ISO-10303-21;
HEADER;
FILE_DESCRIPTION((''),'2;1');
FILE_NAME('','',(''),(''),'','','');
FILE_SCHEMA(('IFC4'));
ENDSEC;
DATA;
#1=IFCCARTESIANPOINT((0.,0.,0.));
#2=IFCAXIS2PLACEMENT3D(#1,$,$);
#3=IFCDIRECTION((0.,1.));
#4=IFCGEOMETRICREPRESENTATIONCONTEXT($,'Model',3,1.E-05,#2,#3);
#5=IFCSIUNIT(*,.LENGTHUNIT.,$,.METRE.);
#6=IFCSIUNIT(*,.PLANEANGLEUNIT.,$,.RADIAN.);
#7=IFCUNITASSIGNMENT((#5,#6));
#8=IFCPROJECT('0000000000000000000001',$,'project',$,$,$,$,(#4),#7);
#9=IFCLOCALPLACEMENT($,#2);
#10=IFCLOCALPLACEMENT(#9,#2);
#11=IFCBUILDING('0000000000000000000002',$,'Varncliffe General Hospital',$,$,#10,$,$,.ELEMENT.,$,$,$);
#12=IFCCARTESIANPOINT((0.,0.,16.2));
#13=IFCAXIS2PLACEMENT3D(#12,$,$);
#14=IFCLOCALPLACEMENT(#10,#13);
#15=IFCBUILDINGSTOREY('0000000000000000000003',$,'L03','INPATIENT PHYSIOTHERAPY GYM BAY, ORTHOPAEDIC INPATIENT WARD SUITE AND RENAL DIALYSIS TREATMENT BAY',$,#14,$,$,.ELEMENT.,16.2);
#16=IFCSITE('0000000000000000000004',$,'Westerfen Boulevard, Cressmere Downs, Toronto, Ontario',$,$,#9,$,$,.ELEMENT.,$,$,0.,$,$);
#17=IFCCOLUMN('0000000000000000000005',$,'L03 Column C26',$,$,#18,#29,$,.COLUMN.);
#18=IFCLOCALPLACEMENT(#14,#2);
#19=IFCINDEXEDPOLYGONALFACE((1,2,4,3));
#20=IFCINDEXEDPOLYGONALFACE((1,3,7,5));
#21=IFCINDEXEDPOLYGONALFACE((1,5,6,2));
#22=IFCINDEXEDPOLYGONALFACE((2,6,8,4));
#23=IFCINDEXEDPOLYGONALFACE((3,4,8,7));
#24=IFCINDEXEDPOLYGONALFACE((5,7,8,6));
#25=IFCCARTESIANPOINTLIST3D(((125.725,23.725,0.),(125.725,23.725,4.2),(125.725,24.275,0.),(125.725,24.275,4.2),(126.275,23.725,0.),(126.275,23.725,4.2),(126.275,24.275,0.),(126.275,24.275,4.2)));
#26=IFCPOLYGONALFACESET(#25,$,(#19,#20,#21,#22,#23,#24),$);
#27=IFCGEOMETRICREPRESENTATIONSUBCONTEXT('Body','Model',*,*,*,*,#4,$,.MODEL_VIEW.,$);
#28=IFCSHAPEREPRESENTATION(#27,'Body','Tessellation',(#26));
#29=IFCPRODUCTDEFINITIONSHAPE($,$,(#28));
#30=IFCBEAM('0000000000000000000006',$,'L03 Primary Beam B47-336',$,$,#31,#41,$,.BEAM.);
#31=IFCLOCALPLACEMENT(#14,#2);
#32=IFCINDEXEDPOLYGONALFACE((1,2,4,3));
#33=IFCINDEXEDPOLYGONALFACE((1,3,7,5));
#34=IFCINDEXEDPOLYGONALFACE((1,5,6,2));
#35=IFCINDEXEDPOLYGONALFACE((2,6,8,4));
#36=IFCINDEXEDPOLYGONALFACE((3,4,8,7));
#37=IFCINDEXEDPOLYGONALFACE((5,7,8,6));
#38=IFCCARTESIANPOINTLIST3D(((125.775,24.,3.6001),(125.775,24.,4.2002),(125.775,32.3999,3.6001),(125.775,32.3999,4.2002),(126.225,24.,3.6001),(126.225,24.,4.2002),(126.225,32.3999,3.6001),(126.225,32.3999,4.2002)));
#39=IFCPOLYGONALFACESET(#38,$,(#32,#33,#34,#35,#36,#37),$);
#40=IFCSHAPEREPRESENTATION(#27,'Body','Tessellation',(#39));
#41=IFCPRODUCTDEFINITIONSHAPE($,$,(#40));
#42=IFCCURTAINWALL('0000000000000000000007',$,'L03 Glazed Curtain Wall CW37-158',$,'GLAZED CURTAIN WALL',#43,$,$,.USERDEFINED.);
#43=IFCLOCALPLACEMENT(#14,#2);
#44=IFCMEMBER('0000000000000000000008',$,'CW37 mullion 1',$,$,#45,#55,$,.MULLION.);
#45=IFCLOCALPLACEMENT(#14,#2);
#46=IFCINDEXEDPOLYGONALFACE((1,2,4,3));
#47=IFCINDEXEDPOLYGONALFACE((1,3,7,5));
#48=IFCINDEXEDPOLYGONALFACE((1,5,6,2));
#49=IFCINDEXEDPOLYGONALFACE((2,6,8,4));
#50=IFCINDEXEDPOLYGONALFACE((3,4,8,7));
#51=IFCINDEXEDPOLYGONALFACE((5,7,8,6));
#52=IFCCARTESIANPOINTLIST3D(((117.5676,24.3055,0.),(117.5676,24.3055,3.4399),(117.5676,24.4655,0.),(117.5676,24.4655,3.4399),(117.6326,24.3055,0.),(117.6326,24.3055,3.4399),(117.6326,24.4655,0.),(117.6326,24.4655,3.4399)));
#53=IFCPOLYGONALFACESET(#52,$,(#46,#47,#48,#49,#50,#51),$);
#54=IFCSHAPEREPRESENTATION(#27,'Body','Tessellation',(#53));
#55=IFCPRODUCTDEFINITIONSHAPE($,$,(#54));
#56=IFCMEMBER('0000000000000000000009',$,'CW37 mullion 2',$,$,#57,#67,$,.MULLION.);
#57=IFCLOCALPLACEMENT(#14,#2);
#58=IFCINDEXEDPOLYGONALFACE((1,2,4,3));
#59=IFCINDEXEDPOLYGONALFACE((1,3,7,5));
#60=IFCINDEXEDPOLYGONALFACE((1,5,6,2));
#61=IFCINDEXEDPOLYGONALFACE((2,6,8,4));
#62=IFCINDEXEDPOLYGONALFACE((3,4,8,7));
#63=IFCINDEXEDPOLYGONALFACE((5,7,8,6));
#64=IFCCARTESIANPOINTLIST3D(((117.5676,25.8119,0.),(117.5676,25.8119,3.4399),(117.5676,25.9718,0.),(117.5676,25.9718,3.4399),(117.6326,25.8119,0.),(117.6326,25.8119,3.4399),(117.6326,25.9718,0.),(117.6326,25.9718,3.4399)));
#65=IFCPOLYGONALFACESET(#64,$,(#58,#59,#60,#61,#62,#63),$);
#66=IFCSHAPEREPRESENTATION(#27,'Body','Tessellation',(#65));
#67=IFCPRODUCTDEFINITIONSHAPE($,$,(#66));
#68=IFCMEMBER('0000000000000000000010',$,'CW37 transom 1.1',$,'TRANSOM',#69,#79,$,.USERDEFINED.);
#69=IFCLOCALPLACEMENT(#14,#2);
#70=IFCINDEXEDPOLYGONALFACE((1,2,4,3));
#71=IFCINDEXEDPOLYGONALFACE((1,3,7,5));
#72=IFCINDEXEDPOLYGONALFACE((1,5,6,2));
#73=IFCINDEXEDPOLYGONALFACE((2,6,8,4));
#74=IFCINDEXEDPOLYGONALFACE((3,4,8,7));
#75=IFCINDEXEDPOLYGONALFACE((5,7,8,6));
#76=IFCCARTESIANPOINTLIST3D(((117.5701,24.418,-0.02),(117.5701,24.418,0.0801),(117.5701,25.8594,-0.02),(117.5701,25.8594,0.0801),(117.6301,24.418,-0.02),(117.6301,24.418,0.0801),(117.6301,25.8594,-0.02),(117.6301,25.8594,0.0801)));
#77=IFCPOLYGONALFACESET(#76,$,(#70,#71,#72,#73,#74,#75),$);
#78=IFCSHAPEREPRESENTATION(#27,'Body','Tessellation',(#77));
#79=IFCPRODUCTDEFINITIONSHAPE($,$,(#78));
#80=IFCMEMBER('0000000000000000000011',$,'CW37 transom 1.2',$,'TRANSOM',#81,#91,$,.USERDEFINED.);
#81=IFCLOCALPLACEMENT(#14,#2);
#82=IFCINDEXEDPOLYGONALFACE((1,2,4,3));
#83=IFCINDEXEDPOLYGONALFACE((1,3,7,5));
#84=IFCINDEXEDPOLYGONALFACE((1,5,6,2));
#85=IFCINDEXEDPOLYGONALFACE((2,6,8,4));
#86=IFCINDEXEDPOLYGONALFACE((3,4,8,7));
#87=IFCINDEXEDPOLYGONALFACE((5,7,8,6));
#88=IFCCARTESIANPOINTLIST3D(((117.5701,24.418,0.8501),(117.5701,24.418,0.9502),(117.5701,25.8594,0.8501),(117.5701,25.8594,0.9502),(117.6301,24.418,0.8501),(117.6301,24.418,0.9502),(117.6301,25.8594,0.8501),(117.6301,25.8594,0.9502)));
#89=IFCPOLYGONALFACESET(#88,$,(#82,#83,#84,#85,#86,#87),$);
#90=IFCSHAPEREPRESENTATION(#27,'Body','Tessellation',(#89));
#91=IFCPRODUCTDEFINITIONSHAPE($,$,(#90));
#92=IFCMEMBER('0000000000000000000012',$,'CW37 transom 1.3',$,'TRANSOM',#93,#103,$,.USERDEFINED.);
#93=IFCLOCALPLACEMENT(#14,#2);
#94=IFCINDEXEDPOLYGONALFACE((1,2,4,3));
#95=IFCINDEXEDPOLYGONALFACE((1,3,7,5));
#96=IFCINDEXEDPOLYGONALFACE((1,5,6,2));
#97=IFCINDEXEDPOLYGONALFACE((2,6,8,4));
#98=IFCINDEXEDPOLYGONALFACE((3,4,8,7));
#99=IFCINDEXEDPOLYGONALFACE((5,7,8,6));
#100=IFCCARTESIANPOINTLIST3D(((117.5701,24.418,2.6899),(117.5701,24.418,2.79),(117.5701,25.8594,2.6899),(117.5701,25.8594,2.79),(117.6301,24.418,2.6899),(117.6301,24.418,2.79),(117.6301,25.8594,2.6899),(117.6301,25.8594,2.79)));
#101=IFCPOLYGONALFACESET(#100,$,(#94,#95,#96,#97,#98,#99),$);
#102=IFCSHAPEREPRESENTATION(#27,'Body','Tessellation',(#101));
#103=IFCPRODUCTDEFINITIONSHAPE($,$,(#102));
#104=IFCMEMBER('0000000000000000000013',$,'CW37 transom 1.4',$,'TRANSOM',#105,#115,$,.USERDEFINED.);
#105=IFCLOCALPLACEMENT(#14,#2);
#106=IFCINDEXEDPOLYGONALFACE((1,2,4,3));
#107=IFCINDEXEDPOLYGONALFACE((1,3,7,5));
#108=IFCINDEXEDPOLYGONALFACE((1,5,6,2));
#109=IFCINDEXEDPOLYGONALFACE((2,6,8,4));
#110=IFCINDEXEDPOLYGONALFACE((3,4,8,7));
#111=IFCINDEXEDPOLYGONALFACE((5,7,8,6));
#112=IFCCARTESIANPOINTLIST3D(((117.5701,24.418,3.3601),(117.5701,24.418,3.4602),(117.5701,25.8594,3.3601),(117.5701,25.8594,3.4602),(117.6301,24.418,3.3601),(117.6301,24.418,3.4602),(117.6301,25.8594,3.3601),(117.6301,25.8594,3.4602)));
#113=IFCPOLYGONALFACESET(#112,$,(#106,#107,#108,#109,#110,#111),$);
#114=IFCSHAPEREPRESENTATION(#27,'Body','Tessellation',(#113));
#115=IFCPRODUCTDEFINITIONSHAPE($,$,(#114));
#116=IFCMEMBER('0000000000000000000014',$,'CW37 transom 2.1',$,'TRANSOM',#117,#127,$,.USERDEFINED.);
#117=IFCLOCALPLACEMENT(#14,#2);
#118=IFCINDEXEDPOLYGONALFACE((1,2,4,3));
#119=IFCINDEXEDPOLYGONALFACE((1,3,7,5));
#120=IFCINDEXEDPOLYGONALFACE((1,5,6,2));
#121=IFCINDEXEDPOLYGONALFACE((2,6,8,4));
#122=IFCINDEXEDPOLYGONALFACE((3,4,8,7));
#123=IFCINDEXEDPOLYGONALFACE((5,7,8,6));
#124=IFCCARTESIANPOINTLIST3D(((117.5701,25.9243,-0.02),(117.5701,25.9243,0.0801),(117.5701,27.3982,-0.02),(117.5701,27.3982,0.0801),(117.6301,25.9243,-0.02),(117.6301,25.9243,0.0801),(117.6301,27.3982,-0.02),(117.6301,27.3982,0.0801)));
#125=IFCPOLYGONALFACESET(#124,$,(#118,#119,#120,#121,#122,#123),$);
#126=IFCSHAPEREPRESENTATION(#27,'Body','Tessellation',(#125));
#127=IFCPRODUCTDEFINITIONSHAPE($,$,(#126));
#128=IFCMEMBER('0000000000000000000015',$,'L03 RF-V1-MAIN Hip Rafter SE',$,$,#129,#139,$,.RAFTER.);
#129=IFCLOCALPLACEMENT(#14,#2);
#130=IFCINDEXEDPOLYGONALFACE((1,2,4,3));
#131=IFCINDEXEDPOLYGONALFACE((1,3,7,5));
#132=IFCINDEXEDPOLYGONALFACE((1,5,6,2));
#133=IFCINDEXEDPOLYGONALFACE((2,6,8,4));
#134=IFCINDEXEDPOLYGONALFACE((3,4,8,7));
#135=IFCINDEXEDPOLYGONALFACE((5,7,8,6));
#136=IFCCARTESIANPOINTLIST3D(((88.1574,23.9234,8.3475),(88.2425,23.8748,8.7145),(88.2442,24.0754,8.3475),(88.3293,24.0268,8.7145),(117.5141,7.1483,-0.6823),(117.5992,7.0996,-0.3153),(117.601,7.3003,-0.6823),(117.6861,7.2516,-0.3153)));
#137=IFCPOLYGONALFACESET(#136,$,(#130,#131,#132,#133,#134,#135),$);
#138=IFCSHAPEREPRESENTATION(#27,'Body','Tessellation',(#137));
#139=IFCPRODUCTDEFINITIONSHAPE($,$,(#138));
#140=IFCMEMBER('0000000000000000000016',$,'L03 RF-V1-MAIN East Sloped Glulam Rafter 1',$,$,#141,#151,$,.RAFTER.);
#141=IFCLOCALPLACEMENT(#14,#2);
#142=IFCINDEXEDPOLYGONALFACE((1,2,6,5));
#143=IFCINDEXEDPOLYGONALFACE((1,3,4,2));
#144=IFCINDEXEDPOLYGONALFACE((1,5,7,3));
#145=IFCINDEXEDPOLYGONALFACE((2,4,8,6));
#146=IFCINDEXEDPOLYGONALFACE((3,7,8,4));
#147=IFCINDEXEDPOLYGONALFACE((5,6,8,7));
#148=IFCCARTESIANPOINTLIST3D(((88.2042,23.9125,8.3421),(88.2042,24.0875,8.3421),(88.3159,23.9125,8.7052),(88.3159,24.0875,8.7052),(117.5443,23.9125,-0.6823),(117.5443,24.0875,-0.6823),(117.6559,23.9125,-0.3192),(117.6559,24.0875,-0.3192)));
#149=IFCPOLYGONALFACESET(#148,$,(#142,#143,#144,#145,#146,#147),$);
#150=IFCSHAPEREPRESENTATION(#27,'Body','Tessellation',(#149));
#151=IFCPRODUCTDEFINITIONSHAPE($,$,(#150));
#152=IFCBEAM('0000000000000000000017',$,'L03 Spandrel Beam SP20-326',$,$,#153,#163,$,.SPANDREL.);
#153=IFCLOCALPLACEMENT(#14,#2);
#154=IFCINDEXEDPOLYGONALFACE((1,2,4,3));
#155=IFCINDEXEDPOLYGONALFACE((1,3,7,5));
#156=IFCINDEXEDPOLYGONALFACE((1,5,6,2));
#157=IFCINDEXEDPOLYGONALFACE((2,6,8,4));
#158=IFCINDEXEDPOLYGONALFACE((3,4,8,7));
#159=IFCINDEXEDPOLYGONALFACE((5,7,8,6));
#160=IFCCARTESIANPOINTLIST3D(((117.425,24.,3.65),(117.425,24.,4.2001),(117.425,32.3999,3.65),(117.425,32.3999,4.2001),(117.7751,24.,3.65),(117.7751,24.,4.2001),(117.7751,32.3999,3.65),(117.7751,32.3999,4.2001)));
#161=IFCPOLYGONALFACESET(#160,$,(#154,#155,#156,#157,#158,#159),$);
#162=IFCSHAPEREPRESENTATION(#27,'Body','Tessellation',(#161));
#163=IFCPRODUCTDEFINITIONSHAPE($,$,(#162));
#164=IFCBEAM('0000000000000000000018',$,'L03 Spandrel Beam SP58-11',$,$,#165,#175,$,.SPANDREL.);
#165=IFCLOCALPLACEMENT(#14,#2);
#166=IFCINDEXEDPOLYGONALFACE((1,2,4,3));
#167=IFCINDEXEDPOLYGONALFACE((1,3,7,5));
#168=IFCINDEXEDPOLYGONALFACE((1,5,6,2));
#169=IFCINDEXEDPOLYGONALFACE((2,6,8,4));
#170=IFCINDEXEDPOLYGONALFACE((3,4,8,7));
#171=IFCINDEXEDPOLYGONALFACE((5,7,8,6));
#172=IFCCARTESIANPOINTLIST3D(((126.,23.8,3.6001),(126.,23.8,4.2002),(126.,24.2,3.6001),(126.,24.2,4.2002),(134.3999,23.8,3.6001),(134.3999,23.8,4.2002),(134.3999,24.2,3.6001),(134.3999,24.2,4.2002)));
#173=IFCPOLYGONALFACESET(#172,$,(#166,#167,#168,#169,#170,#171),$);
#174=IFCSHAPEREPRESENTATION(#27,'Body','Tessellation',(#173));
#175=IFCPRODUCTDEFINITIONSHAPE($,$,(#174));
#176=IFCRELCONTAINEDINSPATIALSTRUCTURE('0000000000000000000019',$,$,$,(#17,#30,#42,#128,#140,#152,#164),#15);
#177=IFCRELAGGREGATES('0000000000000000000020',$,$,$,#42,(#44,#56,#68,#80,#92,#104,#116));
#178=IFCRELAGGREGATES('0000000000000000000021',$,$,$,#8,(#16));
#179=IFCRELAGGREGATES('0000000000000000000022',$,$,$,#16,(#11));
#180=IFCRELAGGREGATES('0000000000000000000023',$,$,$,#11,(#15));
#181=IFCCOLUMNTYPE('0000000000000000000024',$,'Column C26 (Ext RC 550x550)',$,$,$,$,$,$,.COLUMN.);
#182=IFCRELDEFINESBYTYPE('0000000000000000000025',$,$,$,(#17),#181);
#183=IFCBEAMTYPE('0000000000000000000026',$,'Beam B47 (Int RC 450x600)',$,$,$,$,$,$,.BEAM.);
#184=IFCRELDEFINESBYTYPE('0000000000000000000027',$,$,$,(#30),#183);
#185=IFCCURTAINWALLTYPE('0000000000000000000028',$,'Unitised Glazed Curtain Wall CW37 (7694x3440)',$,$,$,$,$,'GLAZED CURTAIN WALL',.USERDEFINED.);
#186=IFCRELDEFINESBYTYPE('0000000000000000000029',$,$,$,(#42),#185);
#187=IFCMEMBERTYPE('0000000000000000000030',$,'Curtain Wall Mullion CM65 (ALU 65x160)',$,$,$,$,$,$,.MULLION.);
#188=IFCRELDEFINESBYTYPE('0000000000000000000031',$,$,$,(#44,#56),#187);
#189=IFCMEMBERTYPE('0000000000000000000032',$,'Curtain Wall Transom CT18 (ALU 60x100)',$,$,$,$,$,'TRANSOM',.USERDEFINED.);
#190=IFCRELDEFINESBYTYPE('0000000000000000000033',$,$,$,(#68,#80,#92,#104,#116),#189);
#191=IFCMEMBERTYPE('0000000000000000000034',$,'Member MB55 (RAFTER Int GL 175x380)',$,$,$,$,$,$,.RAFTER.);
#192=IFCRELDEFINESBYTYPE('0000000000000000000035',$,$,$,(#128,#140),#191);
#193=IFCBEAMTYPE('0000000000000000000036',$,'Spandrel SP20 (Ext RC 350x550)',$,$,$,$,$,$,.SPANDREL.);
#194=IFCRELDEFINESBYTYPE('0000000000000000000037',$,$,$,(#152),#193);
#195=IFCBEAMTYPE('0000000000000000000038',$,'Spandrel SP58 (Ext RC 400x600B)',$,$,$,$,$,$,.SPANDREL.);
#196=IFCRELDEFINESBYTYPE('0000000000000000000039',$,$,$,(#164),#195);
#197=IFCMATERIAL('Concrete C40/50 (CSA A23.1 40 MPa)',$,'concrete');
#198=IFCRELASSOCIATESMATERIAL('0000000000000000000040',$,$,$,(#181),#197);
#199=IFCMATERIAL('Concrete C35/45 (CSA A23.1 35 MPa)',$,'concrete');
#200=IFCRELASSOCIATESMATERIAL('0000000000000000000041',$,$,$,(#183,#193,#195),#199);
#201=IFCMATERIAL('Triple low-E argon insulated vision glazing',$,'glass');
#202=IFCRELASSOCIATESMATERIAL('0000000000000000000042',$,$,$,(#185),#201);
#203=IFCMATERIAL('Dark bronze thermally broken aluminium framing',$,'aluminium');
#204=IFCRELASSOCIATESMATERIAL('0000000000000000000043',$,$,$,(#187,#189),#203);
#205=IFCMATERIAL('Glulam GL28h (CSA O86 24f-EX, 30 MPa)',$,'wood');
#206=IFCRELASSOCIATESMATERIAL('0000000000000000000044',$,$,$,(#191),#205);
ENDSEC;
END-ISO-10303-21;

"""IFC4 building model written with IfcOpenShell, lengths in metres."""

from ifc_helpers import new_model, si_unit, direction, frame, origin, origin_2d, place, context, subcontext, project, spatial, rectangle, extrude, material, material_profile, profile_set, type_object, element, aggregate, save


model = new_model("IFC4")

# Units and contexts
model_context = context("Model", 3, precision=1e-05, world=origin(), true_north=direction((0.0, 1.0)))
body_context = subcontext(model_context, "Body", "Model", "MODEL_VIEW")
ifc_project = project(units=[si_unit("LENGTHUNIT", "METRE"), si_unit("PLANEANGLEUNIT", "RADIAN")], contexts=[model_context])

# Site, building, storey
site_placement = place(None, origin())
site = spatial("IfcSite", under=ifc_project, at=site_placement, Name="Westerfen Boulevard, Cressmere Downs, Toronto, Ontario", CompositionType="ELEMENT", RefElevation=0.0)
building_placement = place(site_placement, origin())
building = spatial("IfcBuilding", under=site, at=building_placement, Name="Varncliffe General Hospital", CompositionType="ELEMENT")
storey_placement = place(building_placement, frame((0.0, 0.0, 16.2)))
storey = spatial("IfcBuildingStorey", under=building, at=storey_placement, Name="L03", Description="INPATIENT PHYSIOTHERAPY GYM BAY, ORTHOPAEDIC INPATIENT WARD SUITE AND RENAL DIALYSIS TREATMENT BAY", CompositionType="ELEMENT", Elevation=16.2)

# Column
ifc_material_1 = material(Name="Concrete C40/50 (CSA A23.1 40 MPa)", Category="concrete")
ifc_material_profile_1 = material_profile(ifc_material_1, rectangle(XDim=0.55, YDim=0.55, at=origin_2d()), Name="RC 550x550")
ifc_profile_set_1 = profile_set([ifc_material_profile_1], Name="Concrete C40/50 (CSA A23.1 40 MPa)")
column_type = type_object("IfcColumnType", Name="Column C26 (Ext RC 550x550)", PredefinedType="COLUMN", material=ifc_profile_set_1)
column_placement = place(storey_placement, frame((126.0, 24.0, 0.0), z_axis=(0.0, 0.0, 1.0), x_axis=(1.0, 0.0, 0.0)))
element("IfcColumn", 1, at=column_placement, inside=storey, type_object=column_type, Name="L03 Column C26", PredefinedType="COLUMN", context=body_context, shape_type="SweptSolid", body=[
    extrude(rectangle(XDim=0.55, YDim=0.55, at=origin_2d()), origin(), (0.0, 0.0, 1.0), 4.2),
])

# Beam
ifc_material_2 = material(Name="Concrete C35/45 (CSA A23.1 35 MPa)", Category="concrete")
ifc_material_profile_2 = material_profile(ifc_material_2, rectangle(XDim=0.45, YDim=0.6001, at=origin_2d()), Name="RC 450x600")
ifc_profile_set_2 = profile_set([ifc_material_profile_2], Name="Concrete C35/45 (CSA A23.1 35 MPa)")
beam_type_1 = type_object("IfcBeamType", Name="Beam B47 (Int RC 450x600)", PredefinedType="BEAM", material=ifc_profile_set_2)
beam_1_placement = place(storey_placement, frame((126.0, 24.0, 3.9001), z_axis=(0.0, 1.0, 0.0), x_axis=(-1.0, 0.0, 0.0)))
element("IfcBeam", 2, at=beam_1_placement, inside=storey, type_object=beam_type_1, Name="L03 Primary Beam B47-336", PredefinedType="BEAM", context=body_context, shape_type="SweptSolid", body=[
    extrude(rectangle(XDim=0.45, YDim=0.6001, at=origin_2d()), origin(), (0.0, 0.0, 1.0), 8.3999),
])

# Curtain wall, members
ifc_material_3 = material(Name="Triple low-E argon insulated vision glazing", Category="glass")
curtain_wall_type = type_object("IfcCurtainWallType", Name="Unitised Glazed Curtain Wall CW37 (7694x3440)", ElementType="GLAZED CURTAIN WALL", PredefinedType="USERDEFINED", material=ifc_material_3)
curtain_wall_placement = place(storey_placement, origin())
curtain_wall = element("IfcCurtainWall", 3, at=curtain_wall_placement, inside=storey, type_object=curtain_wall_type, Name="L03 Glazed Curtain Wall CW37-158", ObjectType="GLAZED CURTAIN WALL", PredefinedType="USERDEFINED")
ifc_material_4 = material(Name="Dark bronze thermally broken aluminium framing", Category="aluminium")
ifc_material_profile_3 = material_profile(ifc_material_4, rectangle(XDim=0.0649, YDim=0.1599, at=origin_2d()), Name="ALU 65x160")
ifc_profile_set_3 = profile_set([ifc_material_profile_3], Name="Dark bronze thermally broken aluminium framing")
member_type_1 = type_object("IfcMemberType", Name="Curtain Wall Mullion CM65 (ALU 65x160)", PredefinedType="MULLION", material=ifc_profile_set_3)
member_1_placement = place(storey_placement, frame((117.6001, 24.3855, 0.0), z_axis=(0.0, 0.0, 1.0), x_axis=(-1.0, 0.0, 0.0)))
member_1 = element("IfcMember", 4, at=member_1_placement, type_object=member_type_1, Name="CW37 mullion 1", PredefinedType="MULLION", context=body_context, shape_type="SweptSolid", body=[
    extrude(rectangle(XDim=0.0649, YDim=0.1599, at=origin_2d()), origin(), (0.0, 0.0, 1.0), 3.4399),
])
member_2_placement = place(storey_placement, frame((117.6001, 25.8918, 0.0), z_axis=(0.0, 0.0, 1.0), x_axis=(-1.0, 0.0, 0.0)))
member_2 = element("IfcMember", 5, at=member_2_placement, type_object=member_type_1, Name="CW37 mullion 2", PredefinedType="MULLION", context=body_context, shape_type="SweptSolid", body=[
    extrude(rectangle(XDim=0.0649, YDim=0.1599, at=origin_2d()), origin(), (0.0, 0.0, 1.0), 3.4399),
])
ifc_material_profile_4 = material_profile(ifc_material_4, rectangle(XDim=0.0601, YDim=0.1001, at=origin_2d()), Name="ALU 60x100")
ifc_profile_set_4 = profile_set([ifc_material_profile_4], Name="Dark bronze thermally broken aluminium framing")
member_type_2 = type_object("IfcMemberType", Name="Curtain Wall Transom CT18 (ALU 60x100)", ElementType="TRANSOM", PredefinedType="USERDEFINED", material=ifc_profile_set_4)
member_3_placement = place(storey_placement, frame((117.6001, 24.418, 0.03), z_axis=(0.0, 1.0, 0.0), x_axis=(-1.0, 0.0, 0.0)))
member_3 = element("IfcMember", 6, at=member_3_placement, type_object=member_type_2, Name="CW37 transom 1.1", ObjectType="TRANSOM", PredefinedType="USERDEFINED", context=body_context, shape_type="SweptSolid", body=[
    extrude(rectangle(XDim=0.0601, YDim=0.1001, at=origin_2d()), origin(), (0.0, 0.0, 1.0), 1.4414),
])
member_4_placement = place(storey_placement, frame((117.6001, 24.418, 0.9001), z_axis=(0.0, 1.0, 0.0), x_axis=(-1.0, 0.0, 0.0)))
member_4 = element("IfcMember", 7, at=member_4_placement, type_object=member_type_2, Name="CW37 transom 1.2", ObjectType="TRANSOM", PredefinedType="USERDEFINED", context=body_context, shape_type="SweptSolid", body=[
    extrude(rectangle(XDim=0.0601, YDim=0.1001, at=origin_2d()), origin(), (0.0, 0.0, 1.0), 1.4414),
])
member_5_placement = place(storey_placement, frame((117.6001, 24.418, 2.74), z_axis=(0.0, 1.0, 0.0), x_axis=(-1.0, 0.0, 0.0)))
member_5 = element("IfcMember", 8, at=member_5_placement, type_object=member_type_2, Name="CW37 transom 1.3", ObjectType="TRANSOM", PredefinedType="USERDEFINED", context=body_context, shape_type="SweptSolid", body=[
    extrude(rectangle(XDim=0.0601, YDim=0.1001, at=origin_2d()), origin(), (0.0, 0.0, 1.0), 1.4414),
])
member_6_placement = place(storey_placement, frame((117.6001, 24.418, 3.4102), z_axis=(0.0, 1.0, 0.0), x_axis=(-1.0, 0.0, 0.0)))
member_6 = element("IfcMember", 9, at=member_6_placement, type_object=member_type_2, Name="CW37 transom 1.4", ObjectType="TRANSOM", PredefinedType="USERDEFINED", context=body_context, shape_type="SweptSolid", body=[
    extrude(rectangle(XDim=0.0601, YDim=0.1001, at=origin_2d()), origin(), (0.0, 0.0, 1.0), 1.4414),
])
member_7_placement = place(storey_placement, frame((117.6001, 25.9243, 0.03), z_axis=(0.0, 1.0, 0.0), x_axis=(-1.0, 0.0, 0.0)))
member_7 = element("IfcMember", 10, at=member_7_placement, type_object=member_type_2, Name="CW37 transom 2.1", ObjectType="TRANSOM", PredefinedType="USERDEFINED", context=body_context, shape_type="SweptSolid", body=[
    extrude(rectangle(XDim=0.0601, YDim=0.1001, at=origin_2d()), origin(), (0.0, 0.0, 1.0), 1.4739),
])

# Members
ifc_material_5 = material(Name="Glulam GL28h (CSA O86 24f-EX, 30 MPa)", Category="wood")
ifc_material_profile_5 = material_profile(ifc_material_5, rectangle(XDim=0.175, YDim=0.3799, at=origin_2d()), Name="GL 175x380")
ifc_profile_set_5 = profile_set([ifc_material_profile_5], Name="Glulam GL28h (CSA O86 24f-EX, 30 MPa)")
member_type_3 = type_object("IfcMemberType", Name="Member MB55 (RAFTER Int GL 175x380)", PredefinedType="RAFTER", material=ifc_profile_set_5)
member_8_placement = place(storey_placement, frame((117.6001, 7.2, -0.4988), z_axis=(-0.838845, 0.479337, 0.258019), x_axis=(-0.496137, -0.868244, 0.0)))
element("IfcMember", 11, at=member_8_placement, inside=storey, type_object=member_type_3, Name="L03 RF-V1-MAIN Hip Rafter SE", PredefinedType="RAFTER", context=body_context, shape_type="SweptSolid", body=[
    extrude(rectangle(XDim=0.175, YDim=0.3799, at=origin_2d()), origin(), (0.0, 0.0, 1.0), 34.9966),
])
member_9_placement = place(storey_placement, frame((117.6001, 24.0, -0.5007), z_axis=(-0.955809, 0.0, 0.293987), x_axis=(0.0, -1.0, 0.0)))
element("IfcMember", 12, at=member_9_placement, inside=storey, type_object=member_type_3, Name="L03 RF-V1-MAIN East Sloped Glulam Rafter 1", PredefinedType="RAFTER", context=body_context, shape_type="SweptSolid", body=[
    extrude(rectangle(XDim=0.175, YDim=0.3799, at=origin_2d()), origin(), (0.0, 0.0, 1.0), 30.6965),
])

# Beams
ifc_material_profile_6 = material_profile(ifc_material_2, rectangle(XDim=0.3501, YDim=0.55, at=origin_2d()), Name="RC 350x550")
ifc_profile_set_6 = profile_set([ifc_material_profile_6], Name="Concrete C35/45 (CSA A23.1 35 MPa)")
beam_type_2 = type_object("IfcBeamType", Name="Spandrel SP20 (Ext RC 350x550)", PredefinedType="SPANDREL", material=ifc_profile_set_6)
beam_2_placement = place(storey_placement, frame((117.6001, 24.0, 3.925), z_axis=(0.0, 1.0, 0.0), x_axis=(-1.0, 0.0, 0.0)))
element("IfcBeam", 13, at=beam_2_placement, inside=storey, type_object=beam_type_2, Name="L03 Spandrel Beam SP20-326", PredefinedType="SPANDREL", context=body_context, shape_type="SweptSolid", body=[
    extrude(rectangle(XDim=0.3501, YDim=0.55, at=origin_2d()), origin(), (0.0, 0.0, 1.0), 8.3999),
])
ifc_material_profile_7 = material_profile(ifc_material_2, rectangle(XDim=0.3999, YDim=0.6001, at=origin_2d()), Name="RC 400x600")
ifc_profile_set_7 = profile_set([ifc_material_profile_7], Name="Concrete C35/45 (CSA A23.1 35 MPa)")
beam_type_3 = type_object("IfcBeamType", Name="Spandrel SP58 (Ext RC 400x600B)", PredefinedType="SPANDREL", material=ifc_profile_set_7)
beam_3_placement = place(storey_placement, frame((126.0, 24.0, 3.9001), z_axis=(1.0, 0.0, 0.0), x_axis=(0.0, 1.0, 0.0)))
element("IfcBeam", 14, at=beam_3_placement, inside=storey, type_object=beam_type_3, Name="L03 Spandrel Beam SP58-11", PredefinedType="SPANDREL", context=body_context, shape_type="SweptSolid", body=[
    extrude(rectangle(XDim=0.3999, YDim=0.6001, at=origin_2d()), origin(), (0.0, 0.0, 1.0), 8.3999),
])

aggregate(curtain_wall, [member_1, member_2, member_3, member_4, member_5, member_6, member_7])

save(model, "model.ifc")
